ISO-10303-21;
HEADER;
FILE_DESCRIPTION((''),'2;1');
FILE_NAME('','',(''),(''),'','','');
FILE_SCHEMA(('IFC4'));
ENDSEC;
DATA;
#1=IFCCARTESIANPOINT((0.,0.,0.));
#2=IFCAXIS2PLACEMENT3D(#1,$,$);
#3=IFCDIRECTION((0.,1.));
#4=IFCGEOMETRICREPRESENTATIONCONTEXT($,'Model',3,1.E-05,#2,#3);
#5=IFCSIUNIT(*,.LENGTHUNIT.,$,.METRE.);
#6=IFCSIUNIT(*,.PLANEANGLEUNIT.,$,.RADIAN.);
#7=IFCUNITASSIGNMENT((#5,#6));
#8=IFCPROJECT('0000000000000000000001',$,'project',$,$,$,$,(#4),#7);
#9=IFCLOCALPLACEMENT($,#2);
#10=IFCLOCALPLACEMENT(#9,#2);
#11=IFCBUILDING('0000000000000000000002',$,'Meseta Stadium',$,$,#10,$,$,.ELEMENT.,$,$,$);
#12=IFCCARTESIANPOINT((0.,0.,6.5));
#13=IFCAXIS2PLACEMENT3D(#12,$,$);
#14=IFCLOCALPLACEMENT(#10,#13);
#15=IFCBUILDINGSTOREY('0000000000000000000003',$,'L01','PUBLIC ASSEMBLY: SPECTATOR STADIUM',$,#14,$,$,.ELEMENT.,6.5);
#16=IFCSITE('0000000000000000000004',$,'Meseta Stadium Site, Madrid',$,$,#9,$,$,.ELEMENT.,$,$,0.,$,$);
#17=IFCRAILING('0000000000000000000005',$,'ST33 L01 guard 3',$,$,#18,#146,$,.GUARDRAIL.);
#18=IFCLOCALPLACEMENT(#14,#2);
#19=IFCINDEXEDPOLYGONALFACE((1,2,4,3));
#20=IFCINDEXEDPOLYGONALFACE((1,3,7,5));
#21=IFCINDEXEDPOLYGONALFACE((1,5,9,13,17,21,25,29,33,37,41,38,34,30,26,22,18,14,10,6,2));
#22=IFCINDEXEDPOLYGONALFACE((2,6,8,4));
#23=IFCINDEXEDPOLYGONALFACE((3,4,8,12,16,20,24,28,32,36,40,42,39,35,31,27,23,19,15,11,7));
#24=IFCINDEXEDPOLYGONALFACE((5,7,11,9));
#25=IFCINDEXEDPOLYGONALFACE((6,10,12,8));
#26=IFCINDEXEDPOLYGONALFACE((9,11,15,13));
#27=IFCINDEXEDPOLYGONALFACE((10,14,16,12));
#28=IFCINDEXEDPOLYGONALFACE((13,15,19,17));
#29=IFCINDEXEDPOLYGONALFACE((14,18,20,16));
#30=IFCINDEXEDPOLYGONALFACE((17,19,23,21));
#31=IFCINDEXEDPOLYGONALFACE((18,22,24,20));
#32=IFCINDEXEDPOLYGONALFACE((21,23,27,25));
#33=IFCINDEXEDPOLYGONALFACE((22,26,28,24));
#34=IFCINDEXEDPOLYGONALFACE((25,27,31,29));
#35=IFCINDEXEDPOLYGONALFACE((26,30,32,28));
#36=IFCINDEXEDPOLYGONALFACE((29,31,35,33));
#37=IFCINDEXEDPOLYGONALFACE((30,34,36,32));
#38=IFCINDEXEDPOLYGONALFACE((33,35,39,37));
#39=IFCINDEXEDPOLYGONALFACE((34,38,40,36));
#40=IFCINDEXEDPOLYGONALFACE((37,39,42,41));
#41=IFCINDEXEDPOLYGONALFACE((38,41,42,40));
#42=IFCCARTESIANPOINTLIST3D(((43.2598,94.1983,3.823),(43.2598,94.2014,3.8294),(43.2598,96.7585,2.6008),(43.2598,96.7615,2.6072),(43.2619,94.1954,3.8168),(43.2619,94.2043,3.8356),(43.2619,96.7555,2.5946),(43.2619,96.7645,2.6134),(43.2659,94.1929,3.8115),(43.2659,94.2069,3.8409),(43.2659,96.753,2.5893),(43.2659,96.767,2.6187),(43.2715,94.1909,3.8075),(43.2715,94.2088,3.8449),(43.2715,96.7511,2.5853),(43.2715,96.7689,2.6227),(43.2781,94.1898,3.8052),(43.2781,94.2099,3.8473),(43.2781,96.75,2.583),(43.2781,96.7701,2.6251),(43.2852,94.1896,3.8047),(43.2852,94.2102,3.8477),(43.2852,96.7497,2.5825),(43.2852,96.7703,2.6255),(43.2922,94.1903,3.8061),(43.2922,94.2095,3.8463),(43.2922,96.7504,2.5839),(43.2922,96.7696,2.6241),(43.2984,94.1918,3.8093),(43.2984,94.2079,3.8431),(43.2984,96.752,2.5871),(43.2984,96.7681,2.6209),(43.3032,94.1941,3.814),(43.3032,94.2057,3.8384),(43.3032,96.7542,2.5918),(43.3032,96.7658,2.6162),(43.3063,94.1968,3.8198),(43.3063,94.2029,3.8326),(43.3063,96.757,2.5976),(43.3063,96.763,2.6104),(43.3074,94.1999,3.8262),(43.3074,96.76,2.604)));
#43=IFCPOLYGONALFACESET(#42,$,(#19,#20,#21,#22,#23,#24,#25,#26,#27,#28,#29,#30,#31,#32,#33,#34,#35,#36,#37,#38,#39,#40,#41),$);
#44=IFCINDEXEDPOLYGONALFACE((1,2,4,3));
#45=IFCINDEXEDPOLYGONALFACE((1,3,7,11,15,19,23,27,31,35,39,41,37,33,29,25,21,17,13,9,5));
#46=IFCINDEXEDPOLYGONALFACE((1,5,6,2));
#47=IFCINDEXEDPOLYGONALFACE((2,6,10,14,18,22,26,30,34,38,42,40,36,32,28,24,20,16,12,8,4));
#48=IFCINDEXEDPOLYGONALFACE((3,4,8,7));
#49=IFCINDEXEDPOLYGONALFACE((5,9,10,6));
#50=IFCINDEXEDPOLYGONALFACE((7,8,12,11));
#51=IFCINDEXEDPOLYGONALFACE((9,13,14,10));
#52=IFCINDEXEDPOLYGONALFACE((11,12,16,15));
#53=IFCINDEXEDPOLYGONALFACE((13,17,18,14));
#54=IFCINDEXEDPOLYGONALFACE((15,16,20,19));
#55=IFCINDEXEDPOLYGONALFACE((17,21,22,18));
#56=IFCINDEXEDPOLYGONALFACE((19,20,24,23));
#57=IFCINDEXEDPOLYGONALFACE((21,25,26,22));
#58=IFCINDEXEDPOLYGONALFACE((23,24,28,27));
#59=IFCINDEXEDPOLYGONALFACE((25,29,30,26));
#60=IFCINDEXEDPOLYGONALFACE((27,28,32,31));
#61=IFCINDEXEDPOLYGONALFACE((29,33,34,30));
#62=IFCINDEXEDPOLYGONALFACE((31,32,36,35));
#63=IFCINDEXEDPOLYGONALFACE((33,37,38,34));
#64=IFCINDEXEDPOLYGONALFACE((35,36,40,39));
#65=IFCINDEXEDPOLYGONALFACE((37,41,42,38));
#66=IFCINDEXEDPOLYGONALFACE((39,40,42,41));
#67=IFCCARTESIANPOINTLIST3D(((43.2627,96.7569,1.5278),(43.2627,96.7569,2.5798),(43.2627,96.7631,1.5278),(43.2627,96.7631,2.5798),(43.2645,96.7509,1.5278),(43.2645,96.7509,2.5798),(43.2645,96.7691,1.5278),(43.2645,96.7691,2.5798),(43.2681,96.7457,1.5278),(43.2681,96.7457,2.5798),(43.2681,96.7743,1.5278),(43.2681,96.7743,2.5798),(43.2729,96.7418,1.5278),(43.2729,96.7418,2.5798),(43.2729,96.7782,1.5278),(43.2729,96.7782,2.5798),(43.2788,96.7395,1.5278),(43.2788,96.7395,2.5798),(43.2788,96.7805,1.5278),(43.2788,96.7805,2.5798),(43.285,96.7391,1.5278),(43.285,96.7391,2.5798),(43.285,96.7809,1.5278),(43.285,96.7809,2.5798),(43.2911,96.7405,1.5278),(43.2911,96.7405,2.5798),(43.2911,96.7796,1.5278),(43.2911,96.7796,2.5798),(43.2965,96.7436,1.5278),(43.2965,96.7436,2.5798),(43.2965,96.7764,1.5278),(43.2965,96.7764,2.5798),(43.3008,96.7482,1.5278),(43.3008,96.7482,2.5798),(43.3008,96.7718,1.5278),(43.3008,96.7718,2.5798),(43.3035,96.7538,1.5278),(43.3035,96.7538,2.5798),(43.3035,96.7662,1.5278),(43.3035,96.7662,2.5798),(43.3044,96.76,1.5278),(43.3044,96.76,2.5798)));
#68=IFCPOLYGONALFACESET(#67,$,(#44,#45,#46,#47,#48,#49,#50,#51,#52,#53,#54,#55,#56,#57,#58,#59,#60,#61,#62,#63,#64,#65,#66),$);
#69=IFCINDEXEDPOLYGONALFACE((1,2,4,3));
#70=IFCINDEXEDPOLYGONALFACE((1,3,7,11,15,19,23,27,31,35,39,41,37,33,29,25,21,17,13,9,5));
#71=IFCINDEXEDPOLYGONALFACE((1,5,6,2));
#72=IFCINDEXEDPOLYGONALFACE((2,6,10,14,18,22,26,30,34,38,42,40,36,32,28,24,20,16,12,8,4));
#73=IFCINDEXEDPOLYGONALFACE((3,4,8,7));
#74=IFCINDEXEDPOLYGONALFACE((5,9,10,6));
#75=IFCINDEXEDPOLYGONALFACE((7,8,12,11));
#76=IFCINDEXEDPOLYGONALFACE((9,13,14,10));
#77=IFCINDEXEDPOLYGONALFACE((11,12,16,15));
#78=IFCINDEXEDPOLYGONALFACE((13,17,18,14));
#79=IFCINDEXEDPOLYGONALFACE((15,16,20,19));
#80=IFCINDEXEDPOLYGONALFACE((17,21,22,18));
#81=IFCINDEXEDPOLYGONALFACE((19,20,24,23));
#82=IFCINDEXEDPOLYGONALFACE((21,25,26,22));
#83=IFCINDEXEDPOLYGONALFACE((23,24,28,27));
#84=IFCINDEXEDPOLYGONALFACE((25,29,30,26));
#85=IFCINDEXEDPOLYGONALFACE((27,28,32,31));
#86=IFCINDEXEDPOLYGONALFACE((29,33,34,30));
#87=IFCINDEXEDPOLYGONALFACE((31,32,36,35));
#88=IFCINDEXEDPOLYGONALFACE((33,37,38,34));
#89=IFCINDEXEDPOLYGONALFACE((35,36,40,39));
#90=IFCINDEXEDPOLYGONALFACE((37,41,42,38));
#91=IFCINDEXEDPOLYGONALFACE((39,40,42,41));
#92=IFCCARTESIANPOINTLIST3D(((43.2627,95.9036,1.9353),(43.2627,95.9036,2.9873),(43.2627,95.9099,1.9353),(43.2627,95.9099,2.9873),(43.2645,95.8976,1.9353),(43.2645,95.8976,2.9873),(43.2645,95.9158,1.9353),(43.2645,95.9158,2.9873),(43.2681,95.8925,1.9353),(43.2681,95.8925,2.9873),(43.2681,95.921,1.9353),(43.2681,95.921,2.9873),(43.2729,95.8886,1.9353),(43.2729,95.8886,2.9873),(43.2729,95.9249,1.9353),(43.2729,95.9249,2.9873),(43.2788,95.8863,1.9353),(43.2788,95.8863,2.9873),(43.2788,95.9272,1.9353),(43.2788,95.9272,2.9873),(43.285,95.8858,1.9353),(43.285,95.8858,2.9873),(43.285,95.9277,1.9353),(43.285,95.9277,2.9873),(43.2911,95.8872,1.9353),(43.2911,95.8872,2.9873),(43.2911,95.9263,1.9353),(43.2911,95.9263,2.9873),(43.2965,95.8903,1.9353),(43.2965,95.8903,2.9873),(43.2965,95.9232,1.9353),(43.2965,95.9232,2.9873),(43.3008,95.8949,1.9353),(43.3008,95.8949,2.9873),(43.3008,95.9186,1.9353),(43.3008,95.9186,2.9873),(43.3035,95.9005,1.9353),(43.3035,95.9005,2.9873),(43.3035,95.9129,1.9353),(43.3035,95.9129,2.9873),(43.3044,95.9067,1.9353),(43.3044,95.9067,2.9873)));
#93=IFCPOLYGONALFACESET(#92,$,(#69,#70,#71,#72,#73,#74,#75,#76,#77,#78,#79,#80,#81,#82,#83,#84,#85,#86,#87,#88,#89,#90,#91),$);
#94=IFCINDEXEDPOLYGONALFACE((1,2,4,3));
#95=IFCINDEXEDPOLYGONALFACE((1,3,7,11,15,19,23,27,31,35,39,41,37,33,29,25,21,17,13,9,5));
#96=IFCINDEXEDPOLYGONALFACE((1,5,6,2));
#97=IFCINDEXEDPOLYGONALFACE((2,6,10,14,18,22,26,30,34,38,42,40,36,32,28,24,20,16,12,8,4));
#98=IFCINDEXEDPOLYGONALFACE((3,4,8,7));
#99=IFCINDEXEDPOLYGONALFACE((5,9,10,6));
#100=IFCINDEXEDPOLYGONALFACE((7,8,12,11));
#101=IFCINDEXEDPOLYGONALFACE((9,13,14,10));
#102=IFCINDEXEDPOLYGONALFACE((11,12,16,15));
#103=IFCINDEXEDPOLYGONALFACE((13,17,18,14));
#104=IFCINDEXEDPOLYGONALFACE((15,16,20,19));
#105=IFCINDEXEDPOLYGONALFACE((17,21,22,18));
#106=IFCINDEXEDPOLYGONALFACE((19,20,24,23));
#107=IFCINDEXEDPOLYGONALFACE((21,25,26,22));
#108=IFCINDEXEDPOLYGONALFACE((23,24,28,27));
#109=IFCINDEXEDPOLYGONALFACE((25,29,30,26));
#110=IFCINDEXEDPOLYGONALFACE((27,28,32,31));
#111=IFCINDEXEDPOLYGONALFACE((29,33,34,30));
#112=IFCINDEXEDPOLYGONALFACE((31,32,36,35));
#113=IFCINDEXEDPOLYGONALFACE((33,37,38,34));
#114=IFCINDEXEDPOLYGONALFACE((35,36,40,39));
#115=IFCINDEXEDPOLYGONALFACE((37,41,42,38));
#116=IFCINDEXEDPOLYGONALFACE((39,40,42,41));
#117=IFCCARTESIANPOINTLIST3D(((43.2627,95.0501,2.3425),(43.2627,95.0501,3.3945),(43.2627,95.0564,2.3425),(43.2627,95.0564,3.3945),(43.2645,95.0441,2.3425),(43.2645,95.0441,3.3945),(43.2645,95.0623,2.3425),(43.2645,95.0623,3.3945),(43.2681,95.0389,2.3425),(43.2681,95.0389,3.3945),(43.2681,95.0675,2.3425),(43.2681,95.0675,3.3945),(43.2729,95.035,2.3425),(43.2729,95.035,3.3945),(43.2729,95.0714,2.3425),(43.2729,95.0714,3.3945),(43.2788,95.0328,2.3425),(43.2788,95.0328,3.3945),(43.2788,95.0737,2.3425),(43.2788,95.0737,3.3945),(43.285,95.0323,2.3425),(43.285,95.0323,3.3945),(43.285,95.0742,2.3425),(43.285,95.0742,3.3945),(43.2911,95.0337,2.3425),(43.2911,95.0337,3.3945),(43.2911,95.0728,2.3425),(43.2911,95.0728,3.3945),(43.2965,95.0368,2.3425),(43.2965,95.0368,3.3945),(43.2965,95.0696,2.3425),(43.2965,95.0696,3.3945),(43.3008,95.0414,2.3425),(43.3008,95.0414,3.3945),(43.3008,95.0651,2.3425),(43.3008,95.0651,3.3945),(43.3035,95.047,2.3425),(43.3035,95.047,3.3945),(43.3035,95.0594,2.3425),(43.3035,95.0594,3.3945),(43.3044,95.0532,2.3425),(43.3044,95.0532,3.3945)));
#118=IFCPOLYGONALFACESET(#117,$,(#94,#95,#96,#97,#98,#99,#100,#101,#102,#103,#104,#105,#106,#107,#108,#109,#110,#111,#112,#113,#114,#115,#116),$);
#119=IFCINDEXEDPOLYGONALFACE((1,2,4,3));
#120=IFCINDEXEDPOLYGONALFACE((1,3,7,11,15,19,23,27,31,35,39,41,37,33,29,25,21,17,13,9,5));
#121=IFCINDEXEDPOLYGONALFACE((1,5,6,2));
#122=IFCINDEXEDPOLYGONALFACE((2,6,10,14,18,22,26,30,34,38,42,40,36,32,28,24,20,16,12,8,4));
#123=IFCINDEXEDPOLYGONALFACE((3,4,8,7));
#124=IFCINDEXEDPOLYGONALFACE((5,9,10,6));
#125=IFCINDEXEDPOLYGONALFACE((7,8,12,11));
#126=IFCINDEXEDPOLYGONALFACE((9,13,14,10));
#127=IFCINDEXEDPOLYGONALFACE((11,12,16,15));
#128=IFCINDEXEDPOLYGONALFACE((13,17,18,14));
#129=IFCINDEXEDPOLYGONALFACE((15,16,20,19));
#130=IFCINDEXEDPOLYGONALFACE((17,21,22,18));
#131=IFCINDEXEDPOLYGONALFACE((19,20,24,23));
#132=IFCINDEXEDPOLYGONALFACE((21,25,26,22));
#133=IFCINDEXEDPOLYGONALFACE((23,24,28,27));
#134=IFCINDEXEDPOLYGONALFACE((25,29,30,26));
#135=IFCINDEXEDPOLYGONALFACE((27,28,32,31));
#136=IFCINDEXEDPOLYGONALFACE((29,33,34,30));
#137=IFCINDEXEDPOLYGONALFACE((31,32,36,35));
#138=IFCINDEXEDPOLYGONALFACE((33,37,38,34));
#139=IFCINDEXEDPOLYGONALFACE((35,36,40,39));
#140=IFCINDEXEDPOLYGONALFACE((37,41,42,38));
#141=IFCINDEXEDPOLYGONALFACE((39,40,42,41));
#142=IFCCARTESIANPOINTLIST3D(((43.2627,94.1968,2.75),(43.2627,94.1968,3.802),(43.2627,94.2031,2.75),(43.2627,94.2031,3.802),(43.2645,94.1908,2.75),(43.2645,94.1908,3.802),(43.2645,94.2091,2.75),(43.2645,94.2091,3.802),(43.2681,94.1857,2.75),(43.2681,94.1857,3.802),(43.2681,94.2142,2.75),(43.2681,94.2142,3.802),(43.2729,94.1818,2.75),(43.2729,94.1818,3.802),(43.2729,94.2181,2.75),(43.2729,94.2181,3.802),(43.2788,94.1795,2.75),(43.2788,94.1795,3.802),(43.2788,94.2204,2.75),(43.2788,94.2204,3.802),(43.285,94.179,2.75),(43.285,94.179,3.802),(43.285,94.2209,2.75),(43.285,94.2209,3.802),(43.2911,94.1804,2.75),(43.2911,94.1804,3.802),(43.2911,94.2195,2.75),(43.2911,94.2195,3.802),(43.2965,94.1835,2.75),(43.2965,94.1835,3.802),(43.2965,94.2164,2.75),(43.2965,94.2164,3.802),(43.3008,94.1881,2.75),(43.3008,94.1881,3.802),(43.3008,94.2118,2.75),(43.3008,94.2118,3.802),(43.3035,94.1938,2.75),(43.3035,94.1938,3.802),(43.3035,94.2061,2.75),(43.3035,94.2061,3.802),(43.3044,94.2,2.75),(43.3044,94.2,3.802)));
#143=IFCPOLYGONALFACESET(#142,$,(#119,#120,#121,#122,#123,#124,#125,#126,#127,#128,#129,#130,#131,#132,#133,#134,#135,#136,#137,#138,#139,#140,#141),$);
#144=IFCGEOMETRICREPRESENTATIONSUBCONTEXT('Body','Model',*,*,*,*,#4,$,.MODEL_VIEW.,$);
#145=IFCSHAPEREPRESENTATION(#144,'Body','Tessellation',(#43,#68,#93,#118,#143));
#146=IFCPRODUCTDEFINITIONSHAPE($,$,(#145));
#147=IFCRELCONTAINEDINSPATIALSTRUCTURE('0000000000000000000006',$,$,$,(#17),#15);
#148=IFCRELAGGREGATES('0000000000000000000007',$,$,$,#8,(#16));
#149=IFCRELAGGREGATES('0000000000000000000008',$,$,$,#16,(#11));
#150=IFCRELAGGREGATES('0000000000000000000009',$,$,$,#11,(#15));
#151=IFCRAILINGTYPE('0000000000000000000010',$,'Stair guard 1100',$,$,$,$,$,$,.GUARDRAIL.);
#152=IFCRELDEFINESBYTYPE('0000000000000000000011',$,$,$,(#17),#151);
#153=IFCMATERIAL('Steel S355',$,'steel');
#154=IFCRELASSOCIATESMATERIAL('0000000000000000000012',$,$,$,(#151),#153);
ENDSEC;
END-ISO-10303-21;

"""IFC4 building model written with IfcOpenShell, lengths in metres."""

from ifc_helpers import new_model, si_unit, direction, frame, origin, origin_2d, place, context, subcontext, project, spatial, circle, extrude, material, type_object, element, save


model = new_model("IFC4")

# Units and contexts
model_context = context("Model", 3, precision=1e-05, world=origin(), true_north=direction((0.0, 1.0)))
body_context = subcontext(model_context, "Body", "Model", "MODEL_VIEW")
ifc_project = project(units=[si_unit("LENGTHUNIT", "METRE"), si_unit("PLANEANGLEUNIT", "RADIAN")], contexts=[model_context])

# Site, building, storey
site_placement = place(None, origin())
site = spatial("IfcSite", under=ifc_project, at=site_placement, Name="Meseta Stadium Site, Madrid", CompositionType="ELEMENT", RefElevation=0.0)
building_placement = place(site_placement, origin())
building = spatial("IfcBuilding", under=site, at=building_placement, Name="Meseta Stadium", CompositionType="ELEMENT")
storey_placement = place(building_placement, frame((0.0, 0.0, 6.5)))
storey = spatial("IfcBuildingStorey", under=building, at=storey_placement, Name="L01", Description="PUBLIC ASSEMBLY: SPECTATOR STADIUM", CompositionType="ELEMENT", Elevation=6.5)

# Railing
ifc_material_1 = material(Name="Steel S355", Category="steel")
railing_type_1 = type_object("IfcRailingType", Name="Stair guard 1100", PredefinedType="GUARDRAIL", material=ifc_material_1)
railing_1_placement = place(storey_placement, frame((43.2834, 96.76, 1.5278)))
element("IfcRailing", 1, at=railing_1_placement, inside=storey, type_object=railing_type_1, Name="ST33 L01 guard 3", PredefinedType="GUARDRAIL", context=body_context, shape_type="SweptSolid", body=[
    extrude(circle(Radius=0.0239, at=origin_2d()), frame((0.0, 0.0, 1.0762), z_axis=(0.0, -0.902437, 0.430822), x_axis=(1.0, 0.0, 0.0)), (0.0, 0.0, 1.0), 2.8369),
    extrude(circle(Radius=0.021, at=origin_2d()), origin(), (0.0, 0.0, 1.0), 1.052),
    extrude(circle(Radius=0.021, at=origin_2d()), frame((0.0, -0.8533, 0.4075)), (0.0, 0.0, 1.0), 1.052),
    extrude(circle(Radius=0.021, at=origin_2d()), frame((0.0, -1.7068, 0.8147)), (0.0, 0.0, 1.0), 1.052),
    extrude(circle(Radius=0.021, at=origin_2d()), frame((0.0, -2.5601, 1.2222)), (0.0, 0.0, 1.0), 1.052),
])

save(model, "model.ifc")
